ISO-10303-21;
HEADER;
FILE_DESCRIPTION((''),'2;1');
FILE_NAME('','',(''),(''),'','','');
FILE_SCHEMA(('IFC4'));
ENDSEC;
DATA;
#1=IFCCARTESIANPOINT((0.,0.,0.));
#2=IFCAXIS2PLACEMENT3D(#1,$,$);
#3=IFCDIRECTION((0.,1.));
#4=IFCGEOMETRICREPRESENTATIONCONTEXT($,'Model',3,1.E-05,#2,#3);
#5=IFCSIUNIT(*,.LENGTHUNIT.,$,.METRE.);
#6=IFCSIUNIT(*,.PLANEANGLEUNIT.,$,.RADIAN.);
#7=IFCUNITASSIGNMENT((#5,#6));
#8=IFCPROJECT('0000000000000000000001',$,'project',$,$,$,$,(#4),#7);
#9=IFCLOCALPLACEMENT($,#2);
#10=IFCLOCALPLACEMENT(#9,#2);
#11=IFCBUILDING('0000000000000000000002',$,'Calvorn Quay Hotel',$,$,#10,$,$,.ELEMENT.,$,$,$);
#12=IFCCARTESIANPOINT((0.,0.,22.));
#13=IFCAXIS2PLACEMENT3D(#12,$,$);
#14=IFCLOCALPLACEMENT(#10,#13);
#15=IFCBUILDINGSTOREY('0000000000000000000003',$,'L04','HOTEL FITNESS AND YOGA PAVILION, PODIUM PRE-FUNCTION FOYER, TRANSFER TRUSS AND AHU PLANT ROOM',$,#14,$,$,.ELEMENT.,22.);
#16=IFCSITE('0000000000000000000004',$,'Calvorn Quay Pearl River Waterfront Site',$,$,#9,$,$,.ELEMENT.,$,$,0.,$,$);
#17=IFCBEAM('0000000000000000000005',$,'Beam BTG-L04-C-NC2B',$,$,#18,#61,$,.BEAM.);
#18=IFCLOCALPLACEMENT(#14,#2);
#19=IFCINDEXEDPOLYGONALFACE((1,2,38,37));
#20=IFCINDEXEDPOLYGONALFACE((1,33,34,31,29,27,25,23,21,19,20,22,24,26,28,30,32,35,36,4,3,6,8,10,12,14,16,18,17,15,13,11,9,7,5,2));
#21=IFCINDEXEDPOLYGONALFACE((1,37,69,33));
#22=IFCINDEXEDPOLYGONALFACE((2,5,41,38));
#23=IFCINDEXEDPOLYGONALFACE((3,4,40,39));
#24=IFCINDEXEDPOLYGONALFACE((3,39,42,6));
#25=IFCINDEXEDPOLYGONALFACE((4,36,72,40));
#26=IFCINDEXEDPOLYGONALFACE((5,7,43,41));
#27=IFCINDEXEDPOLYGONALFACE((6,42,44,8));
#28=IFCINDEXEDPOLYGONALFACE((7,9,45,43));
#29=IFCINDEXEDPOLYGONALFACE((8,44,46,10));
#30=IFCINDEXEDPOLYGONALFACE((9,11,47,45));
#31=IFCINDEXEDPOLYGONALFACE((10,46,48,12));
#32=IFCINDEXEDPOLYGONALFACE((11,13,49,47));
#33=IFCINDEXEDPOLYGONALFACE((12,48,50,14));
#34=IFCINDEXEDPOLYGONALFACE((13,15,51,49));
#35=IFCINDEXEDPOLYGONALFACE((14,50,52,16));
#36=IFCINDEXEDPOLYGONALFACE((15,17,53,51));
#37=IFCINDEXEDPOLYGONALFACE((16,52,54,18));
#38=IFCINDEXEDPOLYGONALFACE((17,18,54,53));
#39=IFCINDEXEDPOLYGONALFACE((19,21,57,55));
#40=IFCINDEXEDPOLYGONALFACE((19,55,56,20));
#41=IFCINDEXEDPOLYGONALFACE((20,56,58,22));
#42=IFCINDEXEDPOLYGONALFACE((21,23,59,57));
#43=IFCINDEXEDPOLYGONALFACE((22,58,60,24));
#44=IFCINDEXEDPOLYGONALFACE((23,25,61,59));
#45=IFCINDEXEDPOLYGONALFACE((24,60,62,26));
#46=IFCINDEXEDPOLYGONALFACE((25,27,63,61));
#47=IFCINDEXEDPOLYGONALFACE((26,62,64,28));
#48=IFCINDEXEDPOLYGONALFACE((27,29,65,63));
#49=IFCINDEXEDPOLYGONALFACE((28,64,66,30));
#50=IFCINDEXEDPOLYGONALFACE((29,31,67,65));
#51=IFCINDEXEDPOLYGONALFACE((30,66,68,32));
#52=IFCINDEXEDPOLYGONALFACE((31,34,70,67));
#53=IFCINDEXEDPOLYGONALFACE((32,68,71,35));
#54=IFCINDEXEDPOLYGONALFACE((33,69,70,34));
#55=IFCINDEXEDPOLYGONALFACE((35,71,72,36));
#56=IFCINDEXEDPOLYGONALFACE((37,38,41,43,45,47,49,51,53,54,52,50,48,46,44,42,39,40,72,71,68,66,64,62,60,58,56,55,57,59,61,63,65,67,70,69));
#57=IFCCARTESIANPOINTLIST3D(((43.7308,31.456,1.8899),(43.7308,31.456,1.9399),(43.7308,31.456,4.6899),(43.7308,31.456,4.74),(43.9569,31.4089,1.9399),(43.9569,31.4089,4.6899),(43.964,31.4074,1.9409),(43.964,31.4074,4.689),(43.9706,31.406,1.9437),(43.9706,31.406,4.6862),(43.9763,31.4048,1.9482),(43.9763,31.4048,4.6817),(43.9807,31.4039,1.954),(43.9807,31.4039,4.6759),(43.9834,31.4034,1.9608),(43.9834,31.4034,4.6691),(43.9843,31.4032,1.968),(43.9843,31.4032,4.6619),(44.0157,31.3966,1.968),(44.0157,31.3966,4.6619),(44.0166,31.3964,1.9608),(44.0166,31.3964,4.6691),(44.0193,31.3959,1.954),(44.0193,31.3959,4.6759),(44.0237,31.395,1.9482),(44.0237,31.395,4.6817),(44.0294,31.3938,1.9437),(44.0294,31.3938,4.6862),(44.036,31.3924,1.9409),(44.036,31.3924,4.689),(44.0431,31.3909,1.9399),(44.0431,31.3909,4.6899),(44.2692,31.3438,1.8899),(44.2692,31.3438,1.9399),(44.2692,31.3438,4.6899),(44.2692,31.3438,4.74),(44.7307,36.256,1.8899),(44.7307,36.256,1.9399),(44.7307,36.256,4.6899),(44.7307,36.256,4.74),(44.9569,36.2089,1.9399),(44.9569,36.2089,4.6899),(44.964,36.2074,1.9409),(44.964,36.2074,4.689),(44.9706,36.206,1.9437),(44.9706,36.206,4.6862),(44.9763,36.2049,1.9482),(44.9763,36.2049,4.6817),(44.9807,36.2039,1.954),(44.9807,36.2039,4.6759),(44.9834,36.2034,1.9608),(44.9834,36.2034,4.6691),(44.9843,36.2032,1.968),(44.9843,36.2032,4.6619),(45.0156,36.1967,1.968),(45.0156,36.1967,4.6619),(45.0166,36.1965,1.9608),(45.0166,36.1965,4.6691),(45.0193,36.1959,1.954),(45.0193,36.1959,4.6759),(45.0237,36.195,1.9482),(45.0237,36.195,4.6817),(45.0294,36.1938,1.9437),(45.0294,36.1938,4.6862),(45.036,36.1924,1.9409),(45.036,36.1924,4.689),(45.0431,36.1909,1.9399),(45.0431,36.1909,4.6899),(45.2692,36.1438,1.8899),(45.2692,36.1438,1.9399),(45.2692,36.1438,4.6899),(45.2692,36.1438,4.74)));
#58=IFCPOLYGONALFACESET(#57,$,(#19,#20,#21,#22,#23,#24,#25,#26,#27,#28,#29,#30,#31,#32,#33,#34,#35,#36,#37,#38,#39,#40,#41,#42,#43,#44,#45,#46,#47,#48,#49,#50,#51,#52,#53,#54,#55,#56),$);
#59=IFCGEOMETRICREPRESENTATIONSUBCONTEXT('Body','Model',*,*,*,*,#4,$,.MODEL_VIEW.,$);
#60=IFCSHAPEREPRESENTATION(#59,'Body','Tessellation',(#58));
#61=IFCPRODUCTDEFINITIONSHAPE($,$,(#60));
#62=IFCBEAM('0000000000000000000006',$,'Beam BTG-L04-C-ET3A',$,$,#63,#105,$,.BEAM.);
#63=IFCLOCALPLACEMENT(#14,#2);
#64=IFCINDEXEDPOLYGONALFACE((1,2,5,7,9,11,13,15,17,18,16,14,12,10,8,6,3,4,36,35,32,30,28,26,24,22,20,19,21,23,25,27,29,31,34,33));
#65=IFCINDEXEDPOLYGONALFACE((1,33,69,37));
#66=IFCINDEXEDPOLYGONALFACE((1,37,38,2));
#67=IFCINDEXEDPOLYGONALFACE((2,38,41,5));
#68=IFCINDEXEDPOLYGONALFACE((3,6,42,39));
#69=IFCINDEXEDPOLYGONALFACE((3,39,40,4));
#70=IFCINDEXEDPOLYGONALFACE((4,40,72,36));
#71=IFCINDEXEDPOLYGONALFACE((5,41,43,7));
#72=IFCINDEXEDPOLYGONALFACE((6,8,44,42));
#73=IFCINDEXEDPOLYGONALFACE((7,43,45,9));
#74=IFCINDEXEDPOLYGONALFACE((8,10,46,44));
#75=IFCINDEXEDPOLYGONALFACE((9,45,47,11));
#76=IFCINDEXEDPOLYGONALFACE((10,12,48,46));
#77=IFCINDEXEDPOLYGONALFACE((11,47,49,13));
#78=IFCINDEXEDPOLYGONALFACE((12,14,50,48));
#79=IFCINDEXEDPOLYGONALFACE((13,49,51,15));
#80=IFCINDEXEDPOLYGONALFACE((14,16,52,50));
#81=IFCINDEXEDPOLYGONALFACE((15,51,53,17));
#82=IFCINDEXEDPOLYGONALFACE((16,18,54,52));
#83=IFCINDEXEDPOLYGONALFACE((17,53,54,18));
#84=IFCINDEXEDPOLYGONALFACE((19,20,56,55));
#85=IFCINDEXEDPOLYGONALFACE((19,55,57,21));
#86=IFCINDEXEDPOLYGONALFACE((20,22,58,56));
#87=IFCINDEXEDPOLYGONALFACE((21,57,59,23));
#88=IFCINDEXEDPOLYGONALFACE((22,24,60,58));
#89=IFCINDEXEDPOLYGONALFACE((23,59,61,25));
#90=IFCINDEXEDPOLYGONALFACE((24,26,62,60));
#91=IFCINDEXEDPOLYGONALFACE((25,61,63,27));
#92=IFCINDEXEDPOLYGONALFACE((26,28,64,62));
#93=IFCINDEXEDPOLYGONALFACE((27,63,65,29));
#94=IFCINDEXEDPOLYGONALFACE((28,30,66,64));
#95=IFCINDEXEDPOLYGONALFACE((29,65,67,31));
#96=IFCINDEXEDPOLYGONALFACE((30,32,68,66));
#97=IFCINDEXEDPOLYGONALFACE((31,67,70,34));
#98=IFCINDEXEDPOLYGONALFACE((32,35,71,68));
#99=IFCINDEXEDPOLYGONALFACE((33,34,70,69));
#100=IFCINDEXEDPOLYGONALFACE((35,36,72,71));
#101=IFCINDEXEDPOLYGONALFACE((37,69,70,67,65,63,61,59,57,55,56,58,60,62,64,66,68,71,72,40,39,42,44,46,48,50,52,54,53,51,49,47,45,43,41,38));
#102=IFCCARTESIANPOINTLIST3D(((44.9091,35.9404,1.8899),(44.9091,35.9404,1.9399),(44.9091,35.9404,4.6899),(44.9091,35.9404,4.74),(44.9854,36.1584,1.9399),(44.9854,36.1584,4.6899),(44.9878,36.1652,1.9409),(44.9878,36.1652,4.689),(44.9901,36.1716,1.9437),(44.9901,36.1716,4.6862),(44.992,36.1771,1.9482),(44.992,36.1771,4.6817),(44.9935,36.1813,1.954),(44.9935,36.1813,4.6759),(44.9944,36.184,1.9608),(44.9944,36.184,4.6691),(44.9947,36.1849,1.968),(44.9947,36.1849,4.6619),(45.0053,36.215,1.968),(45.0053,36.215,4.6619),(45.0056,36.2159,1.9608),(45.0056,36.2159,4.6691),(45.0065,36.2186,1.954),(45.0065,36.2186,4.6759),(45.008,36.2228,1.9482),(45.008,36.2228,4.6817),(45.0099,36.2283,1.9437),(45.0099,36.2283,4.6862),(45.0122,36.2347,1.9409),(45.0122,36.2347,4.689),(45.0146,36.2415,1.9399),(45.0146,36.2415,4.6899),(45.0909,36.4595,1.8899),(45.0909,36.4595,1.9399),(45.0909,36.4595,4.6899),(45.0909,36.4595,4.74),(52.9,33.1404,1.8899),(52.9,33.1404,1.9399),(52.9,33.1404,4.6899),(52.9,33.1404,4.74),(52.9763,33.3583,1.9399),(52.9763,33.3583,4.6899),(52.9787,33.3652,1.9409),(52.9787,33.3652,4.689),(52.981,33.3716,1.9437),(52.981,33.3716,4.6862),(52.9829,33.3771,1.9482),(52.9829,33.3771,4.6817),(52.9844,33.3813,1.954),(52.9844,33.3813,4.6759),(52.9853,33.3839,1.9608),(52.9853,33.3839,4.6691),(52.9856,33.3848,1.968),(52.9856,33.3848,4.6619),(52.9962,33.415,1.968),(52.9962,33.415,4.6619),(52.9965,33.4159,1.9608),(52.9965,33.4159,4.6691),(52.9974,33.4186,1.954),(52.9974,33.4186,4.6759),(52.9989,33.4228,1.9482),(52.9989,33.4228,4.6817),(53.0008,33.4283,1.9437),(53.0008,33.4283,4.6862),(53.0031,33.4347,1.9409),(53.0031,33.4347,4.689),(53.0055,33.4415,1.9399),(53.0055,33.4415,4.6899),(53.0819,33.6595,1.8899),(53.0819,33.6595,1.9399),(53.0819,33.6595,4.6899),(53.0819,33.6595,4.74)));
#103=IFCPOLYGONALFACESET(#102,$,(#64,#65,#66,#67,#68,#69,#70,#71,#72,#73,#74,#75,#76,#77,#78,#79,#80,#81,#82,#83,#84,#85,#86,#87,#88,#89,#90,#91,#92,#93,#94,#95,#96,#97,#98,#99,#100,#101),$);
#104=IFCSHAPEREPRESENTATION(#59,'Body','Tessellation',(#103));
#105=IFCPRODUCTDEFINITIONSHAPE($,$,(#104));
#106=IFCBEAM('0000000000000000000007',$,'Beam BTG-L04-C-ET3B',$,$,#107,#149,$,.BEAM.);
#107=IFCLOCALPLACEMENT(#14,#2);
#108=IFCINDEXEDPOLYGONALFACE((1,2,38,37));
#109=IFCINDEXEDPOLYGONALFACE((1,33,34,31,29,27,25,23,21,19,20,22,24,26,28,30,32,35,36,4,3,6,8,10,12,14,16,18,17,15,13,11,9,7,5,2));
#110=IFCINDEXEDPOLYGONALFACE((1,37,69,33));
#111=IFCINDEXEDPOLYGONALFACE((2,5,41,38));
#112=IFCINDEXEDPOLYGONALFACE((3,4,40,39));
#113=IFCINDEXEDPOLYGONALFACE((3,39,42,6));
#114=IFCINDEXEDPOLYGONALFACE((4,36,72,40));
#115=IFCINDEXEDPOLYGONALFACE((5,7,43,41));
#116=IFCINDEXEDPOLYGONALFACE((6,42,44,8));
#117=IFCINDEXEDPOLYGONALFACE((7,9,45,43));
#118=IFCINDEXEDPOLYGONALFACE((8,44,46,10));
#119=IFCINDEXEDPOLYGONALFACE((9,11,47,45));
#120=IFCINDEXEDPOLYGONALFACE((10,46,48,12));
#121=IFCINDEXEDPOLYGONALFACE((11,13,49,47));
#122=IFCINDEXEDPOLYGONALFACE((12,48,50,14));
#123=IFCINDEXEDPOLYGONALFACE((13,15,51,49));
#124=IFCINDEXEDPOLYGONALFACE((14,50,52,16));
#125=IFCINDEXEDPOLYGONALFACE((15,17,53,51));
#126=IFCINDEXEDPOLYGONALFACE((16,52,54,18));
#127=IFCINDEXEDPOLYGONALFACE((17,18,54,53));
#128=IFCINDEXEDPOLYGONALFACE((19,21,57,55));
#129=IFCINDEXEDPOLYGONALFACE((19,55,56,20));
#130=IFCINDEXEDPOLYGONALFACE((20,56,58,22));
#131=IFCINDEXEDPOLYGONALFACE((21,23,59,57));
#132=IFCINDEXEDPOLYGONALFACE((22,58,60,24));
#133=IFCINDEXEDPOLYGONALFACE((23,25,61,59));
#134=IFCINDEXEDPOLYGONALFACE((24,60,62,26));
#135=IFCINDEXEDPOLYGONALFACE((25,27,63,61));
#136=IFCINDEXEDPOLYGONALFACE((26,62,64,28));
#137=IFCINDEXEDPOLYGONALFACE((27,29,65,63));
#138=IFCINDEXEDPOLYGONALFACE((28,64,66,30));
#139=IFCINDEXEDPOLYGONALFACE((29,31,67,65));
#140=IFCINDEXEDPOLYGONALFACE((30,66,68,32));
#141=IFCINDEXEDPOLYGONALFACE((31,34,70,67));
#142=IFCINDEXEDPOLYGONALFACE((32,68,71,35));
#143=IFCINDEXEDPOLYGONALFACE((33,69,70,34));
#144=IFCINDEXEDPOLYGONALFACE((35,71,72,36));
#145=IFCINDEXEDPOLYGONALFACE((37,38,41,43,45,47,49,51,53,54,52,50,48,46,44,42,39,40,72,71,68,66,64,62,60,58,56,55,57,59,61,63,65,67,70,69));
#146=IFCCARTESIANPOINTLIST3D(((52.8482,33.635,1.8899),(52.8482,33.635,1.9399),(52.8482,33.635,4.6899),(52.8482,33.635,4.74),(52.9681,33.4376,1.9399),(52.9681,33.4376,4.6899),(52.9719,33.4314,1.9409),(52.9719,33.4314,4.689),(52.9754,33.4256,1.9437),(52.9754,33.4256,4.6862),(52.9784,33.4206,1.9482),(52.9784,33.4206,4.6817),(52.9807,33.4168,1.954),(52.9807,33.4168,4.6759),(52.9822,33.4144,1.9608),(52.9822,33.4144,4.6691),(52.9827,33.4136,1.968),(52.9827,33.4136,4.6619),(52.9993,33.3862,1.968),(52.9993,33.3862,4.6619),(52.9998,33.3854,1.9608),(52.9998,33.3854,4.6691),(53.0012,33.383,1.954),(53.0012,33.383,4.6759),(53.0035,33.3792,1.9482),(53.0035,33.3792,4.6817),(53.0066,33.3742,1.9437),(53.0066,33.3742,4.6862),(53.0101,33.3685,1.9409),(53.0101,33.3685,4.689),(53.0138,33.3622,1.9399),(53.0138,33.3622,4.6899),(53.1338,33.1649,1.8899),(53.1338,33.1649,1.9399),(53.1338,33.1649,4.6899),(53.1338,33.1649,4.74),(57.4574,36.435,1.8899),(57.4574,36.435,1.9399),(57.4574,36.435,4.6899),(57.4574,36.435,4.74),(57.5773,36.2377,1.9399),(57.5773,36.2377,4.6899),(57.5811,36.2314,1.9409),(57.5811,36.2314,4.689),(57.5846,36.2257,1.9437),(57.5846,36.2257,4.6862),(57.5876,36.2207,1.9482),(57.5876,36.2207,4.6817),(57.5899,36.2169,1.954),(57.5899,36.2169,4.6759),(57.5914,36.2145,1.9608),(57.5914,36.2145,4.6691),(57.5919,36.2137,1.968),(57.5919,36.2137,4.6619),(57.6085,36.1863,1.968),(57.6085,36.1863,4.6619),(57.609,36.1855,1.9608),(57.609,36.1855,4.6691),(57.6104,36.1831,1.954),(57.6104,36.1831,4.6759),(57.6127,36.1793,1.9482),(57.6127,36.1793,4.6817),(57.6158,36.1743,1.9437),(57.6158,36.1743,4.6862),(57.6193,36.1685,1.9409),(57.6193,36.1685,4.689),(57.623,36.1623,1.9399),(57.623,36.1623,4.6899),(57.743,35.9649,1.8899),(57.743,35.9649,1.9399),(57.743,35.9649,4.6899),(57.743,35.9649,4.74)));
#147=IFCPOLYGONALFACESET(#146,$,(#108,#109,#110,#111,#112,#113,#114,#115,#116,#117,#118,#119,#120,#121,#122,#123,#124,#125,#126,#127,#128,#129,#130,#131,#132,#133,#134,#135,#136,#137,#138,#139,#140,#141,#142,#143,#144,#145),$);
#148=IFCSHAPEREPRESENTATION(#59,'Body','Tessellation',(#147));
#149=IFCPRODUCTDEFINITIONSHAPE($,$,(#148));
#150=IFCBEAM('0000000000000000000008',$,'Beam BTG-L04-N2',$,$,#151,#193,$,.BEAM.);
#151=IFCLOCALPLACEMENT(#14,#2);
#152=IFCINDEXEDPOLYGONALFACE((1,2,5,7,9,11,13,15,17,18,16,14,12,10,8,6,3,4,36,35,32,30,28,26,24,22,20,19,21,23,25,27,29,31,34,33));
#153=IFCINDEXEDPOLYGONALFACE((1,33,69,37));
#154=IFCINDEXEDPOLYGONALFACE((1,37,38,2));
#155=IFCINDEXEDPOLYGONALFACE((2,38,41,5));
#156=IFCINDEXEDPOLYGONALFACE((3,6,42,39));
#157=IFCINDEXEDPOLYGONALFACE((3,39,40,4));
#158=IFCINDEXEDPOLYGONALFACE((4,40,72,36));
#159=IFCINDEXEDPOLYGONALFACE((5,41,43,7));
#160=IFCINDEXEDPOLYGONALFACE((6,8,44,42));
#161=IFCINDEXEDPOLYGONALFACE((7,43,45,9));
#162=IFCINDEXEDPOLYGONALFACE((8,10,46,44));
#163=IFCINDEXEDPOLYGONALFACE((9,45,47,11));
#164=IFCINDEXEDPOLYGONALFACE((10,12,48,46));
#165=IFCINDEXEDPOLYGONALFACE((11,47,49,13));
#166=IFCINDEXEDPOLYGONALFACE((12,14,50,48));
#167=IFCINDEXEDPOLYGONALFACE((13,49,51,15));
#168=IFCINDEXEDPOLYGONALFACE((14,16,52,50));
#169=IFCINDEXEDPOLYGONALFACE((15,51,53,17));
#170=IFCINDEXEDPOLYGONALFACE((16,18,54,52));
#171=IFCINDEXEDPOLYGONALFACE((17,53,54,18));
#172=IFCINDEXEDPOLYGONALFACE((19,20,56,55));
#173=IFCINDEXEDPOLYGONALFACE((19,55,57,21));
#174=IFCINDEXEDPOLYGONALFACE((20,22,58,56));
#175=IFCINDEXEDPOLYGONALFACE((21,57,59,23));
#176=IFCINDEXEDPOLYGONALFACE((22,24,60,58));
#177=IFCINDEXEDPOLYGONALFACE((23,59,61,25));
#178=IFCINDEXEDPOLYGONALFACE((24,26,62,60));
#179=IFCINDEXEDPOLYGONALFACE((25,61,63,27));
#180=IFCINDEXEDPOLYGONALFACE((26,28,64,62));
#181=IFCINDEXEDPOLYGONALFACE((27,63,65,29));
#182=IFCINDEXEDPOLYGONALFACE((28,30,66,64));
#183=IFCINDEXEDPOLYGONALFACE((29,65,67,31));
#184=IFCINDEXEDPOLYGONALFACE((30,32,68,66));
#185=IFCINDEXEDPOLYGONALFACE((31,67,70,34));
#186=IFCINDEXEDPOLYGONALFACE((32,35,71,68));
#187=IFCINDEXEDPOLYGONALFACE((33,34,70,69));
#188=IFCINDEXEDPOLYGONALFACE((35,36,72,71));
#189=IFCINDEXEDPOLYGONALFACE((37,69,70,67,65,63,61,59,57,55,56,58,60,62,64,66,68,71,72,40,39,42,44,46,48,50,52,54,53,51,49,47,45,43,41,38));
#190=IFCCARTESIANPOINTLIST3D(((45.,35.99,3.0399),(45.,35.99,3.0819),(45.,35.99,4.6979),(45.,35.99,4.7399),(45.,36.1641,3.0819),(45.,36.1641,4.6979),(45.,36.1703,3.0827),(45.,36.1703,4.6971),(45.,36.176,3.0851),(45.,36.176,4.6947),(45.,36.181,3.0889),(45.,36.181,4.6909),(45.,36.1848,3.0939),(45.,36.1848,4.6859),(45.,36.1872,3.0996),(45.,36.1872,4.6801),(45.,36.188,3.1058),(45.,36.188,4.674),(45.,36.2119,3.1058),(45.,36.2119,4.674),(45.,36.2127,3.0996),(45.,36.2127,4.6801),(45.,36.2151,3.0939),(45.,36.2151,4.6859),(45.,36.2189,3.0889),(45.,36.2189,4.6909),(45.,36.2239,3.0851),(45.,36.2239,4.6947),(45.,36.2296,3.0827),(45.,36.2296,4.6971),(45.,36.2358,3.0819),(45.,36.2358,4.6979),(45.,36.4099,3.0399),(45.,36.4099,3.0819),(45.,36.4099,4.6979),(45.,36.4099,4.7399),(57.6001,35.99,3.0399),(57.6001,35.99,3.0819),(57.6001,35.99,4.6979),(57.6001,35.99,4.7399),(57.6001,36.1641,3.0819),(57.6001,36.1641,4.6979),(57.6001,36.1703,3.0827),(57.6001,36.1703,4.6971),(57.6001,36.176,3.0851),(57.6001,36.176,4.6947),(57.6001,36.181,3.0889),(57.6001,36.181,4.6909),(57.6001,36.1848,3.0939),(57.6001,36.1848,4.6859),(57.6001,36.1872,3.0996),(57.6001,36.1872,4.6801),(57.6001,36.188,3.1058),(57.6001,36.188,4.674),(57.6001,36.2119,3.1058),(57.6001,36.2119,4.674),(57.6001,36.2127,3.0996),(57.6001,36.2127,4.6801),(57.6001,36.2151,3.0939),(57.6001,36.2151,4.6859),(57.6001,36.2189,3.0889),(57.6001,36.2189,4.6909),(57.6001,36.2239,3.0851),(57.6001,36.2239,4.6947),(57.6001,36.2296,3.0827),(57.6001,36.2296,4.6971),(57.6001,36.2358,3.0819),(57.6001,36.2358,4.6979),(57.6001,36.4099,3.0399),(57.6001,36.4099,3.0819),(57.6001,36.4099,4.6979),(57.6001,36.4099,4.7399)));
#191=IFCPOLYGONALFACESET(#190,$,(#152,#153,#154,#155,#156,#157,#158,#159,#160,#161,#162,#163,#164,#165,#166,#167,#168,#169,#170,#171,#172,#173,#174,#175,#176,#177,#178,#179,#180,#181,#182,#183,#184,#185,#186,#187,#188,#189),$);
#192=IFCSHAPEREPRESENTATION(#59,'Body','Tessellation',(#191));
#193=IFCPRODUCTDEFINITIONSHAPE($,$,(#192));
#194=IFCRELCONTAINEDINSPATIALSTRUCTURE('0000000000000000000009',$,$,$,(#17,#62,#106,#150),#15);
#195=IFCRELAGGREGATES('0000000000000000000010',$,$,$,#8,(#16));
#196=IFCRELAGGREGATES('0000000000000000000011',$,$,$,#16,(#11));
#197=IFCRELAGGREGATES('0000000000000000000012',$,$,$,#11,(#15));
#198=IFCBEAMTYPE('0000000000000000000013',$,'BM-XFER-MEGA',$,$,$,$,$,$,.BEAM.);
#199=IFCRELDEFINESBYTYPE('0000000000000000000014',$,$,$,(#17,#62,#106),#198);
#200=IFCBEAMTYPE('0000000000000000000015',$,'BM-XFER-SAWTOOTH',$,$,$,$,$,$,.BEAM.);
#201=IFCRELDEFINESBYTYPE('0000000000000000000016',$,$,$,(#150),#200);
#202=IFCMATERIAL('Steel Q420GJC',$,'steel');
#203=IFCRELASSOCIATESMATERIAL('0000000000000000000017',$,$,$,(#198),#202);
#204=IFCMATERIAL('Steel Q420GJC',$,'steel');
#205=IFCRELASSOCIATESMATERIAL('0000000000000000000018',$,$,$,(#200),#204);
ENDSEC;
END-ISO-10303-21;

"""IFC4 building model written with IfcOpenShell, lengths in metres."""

from ifc_helpers import new_model, si_unit, direction, frame, origin, origin_2d, place, context, subcontext, project, spatial, i_section, extrude, material, material_profile, profile_set, type_object, element, save


model = new_model("IFC4")

# Units and contexts
model_context = context("Model", 3, precision=1e-05, world=origin(), true_north=direction((0.0, 1.0)))
body_context = subcontext(model_context, "Body", "Model", "MODEL_VIEW")
ifc_project = project(units=[si_unit("LENGTHUNIT", "METRE"), si_unit("PLANEANGLEUNIT", "RADIAN")], contexts=[model_context])

# Site, building, storey
site_placement = place(None, origin())
site = spatial("IfcSite", under=ifc_project, at=site_placement, Name="Calvorn Quay Pearl River Waterfront Site", CompositionType="ELEMENT", RefElevation=0.0)
building_placement = place(site_placement, origin())
building = spatial("IfcBuilding", under=site, at=building_placement, Name="Calvorn Quay Hotel", CompositionType="ELEMENT")
storey_placement = place(building_placement, frame((0.0, 0.0, 22.0)))
storey = spatial("IfcBuildingStorey", under=building, at=storey_placement, Name="L04", Description="HOTEL FITNESS AND YOGA PAVILION, PODIUM PRE-FUNCTION FOYER, TRANSFER TRUSS AND AHU PLANT ROOM", CompositionType="ELEMENT", Elevation=22.0)

# Beams
ifc_material_1 = material(Name="Steel Q420GJC", Category="steel")
ifc_material_profile_1 = material_profile(ifc_material_1, i_section(OverallWidth=0.55, OverallDepth=2.8501, WebThickness=0.032, FlangeThickness=0.05, FilletRadius=0.0281, at=origin_2d()), Name="HW2850x550x32x50")
ifc_profile_set_1 = profile_set([ifc_material_profile_1], Name="Steel Q420GJC")
beam_type_1 = type_object("IfcBeamType", Name="BM-XFER-MEGA", PredefinedType="BEAM", material=ifc_profile_set_1)
beam_1_placement = place(storey_placement, frame((44.0, 31.3999, 3.3149), z_axis=(0.203952, 0.978981, 0.0), x_axis=(-0.978981, 0.203952, 0.0)))
element("IfcBeam", 1, at=beam_1_placement, inside=storey, type_object=beam_type_1, Name="Beam BTG-L04-C-NC2B", PredefinedType="BEAM", context=body_context, shape_type="SweptSolid", body=[
    extrude(i_section(OverallWidth=0.55, OverallDepth=2.8501, WebThickness=0.032, FlangeThickness=0.05, FilletRadius=0.0281, at=origin_2d()), origin(), (0.0, 0.0, 1.0), 4.9031),
])
beam_2_placement = place(storey_placement, frame((45.0, 36.2, 3.3149), z_axis=(0.94374, -0.330688, 0.0), x_axis=(0.330688, 0.94374, 0.0)))
element("IfcBeam", 2, at=beam_2_placement, inside=storey, type_object=beam_type_1, Name="Beam BTG-L04-C-ET3A", PredefinedType="BEAM", context=body_context, shape_type="SweptSolid", body=[
    extrude(i_section(OverallWidth=0.55, OverallDepth=2.8501, WebThickness=0.032, FlangeThickness=0.05, FilletRadius=0.0281, at=origin_2d()), origin(), (0.0, 0.0, 1.0), 8.4673),
])
beam_3_placement = place(storey_placement, frame((52.991, 33.3999, 3.3149), z_axis=(0.854652, 0.519201, 0.0), x_axis=(-0.519201, 0.854652, 0.0)))
element("IfcBeam", 3, at=beam_3_placement, inside=storey, type_object=beam_type_1, Name="Beam BTG-L04-C-ET3B", PredefinedType="BEAM", context=body_context, shape_type="SweptSolid", body=[
    extrude(i_section(OverallWidth=0.55, OverallDepth=2.8501, WebThickness=0.032, FlangeThickness=0.05, FilletRadius=0.0281, at=origin_2d()), origin(), (0.0, 0.0, 1.0), 5.3931),
])
ifc_material_2 = material(Name="Steel Q420GJC", Category="steel")
ifc_material_profile_2 = material_profile(ifc_material_2, i_section(OverallWidth=0.4199, OverallDepth=1.7, WebThickness=0.0239, FlangeThickness=0.042, FilletRadius=0.0239, at=origin_2d()), Name="HN1700x420x24x42")
ifc_profile_set_2 = profile_set([ifc_material_profile_2], Name="Steel Q420GJC")
beam_type_2 = type_object("IfcBeamType", Name="BM-XFER-SAWTOOTH", PredefinedType="BEAM", material=ifc_profile_set_2)
beam_4_placement = place(storey_placement, frame((45.0, 36.2, 3.8899), z_axis=(1.0, 0.0, 0.0), x_axis=(0.0, 1.0, 0.0)))
element("IfcBeam", 4, at=beam_4_placement, inside=storey, type_object=beam_type_2, Name="Beam BTG-L04-N2", PredefinedType="BEAM", context=body_context, shape_type="SweptSolid", body=[
    extrude(i_section(OverallWidth=0.4199, OverallDepth=1.7, WebThickness=0.0239, FlangeThickness=0.042, FilletRadius=0.0239, at=origin_2d()), origin(), (0.0, 0.0, 1.0), 12.6001),
])

save(model, "model.ifc")
